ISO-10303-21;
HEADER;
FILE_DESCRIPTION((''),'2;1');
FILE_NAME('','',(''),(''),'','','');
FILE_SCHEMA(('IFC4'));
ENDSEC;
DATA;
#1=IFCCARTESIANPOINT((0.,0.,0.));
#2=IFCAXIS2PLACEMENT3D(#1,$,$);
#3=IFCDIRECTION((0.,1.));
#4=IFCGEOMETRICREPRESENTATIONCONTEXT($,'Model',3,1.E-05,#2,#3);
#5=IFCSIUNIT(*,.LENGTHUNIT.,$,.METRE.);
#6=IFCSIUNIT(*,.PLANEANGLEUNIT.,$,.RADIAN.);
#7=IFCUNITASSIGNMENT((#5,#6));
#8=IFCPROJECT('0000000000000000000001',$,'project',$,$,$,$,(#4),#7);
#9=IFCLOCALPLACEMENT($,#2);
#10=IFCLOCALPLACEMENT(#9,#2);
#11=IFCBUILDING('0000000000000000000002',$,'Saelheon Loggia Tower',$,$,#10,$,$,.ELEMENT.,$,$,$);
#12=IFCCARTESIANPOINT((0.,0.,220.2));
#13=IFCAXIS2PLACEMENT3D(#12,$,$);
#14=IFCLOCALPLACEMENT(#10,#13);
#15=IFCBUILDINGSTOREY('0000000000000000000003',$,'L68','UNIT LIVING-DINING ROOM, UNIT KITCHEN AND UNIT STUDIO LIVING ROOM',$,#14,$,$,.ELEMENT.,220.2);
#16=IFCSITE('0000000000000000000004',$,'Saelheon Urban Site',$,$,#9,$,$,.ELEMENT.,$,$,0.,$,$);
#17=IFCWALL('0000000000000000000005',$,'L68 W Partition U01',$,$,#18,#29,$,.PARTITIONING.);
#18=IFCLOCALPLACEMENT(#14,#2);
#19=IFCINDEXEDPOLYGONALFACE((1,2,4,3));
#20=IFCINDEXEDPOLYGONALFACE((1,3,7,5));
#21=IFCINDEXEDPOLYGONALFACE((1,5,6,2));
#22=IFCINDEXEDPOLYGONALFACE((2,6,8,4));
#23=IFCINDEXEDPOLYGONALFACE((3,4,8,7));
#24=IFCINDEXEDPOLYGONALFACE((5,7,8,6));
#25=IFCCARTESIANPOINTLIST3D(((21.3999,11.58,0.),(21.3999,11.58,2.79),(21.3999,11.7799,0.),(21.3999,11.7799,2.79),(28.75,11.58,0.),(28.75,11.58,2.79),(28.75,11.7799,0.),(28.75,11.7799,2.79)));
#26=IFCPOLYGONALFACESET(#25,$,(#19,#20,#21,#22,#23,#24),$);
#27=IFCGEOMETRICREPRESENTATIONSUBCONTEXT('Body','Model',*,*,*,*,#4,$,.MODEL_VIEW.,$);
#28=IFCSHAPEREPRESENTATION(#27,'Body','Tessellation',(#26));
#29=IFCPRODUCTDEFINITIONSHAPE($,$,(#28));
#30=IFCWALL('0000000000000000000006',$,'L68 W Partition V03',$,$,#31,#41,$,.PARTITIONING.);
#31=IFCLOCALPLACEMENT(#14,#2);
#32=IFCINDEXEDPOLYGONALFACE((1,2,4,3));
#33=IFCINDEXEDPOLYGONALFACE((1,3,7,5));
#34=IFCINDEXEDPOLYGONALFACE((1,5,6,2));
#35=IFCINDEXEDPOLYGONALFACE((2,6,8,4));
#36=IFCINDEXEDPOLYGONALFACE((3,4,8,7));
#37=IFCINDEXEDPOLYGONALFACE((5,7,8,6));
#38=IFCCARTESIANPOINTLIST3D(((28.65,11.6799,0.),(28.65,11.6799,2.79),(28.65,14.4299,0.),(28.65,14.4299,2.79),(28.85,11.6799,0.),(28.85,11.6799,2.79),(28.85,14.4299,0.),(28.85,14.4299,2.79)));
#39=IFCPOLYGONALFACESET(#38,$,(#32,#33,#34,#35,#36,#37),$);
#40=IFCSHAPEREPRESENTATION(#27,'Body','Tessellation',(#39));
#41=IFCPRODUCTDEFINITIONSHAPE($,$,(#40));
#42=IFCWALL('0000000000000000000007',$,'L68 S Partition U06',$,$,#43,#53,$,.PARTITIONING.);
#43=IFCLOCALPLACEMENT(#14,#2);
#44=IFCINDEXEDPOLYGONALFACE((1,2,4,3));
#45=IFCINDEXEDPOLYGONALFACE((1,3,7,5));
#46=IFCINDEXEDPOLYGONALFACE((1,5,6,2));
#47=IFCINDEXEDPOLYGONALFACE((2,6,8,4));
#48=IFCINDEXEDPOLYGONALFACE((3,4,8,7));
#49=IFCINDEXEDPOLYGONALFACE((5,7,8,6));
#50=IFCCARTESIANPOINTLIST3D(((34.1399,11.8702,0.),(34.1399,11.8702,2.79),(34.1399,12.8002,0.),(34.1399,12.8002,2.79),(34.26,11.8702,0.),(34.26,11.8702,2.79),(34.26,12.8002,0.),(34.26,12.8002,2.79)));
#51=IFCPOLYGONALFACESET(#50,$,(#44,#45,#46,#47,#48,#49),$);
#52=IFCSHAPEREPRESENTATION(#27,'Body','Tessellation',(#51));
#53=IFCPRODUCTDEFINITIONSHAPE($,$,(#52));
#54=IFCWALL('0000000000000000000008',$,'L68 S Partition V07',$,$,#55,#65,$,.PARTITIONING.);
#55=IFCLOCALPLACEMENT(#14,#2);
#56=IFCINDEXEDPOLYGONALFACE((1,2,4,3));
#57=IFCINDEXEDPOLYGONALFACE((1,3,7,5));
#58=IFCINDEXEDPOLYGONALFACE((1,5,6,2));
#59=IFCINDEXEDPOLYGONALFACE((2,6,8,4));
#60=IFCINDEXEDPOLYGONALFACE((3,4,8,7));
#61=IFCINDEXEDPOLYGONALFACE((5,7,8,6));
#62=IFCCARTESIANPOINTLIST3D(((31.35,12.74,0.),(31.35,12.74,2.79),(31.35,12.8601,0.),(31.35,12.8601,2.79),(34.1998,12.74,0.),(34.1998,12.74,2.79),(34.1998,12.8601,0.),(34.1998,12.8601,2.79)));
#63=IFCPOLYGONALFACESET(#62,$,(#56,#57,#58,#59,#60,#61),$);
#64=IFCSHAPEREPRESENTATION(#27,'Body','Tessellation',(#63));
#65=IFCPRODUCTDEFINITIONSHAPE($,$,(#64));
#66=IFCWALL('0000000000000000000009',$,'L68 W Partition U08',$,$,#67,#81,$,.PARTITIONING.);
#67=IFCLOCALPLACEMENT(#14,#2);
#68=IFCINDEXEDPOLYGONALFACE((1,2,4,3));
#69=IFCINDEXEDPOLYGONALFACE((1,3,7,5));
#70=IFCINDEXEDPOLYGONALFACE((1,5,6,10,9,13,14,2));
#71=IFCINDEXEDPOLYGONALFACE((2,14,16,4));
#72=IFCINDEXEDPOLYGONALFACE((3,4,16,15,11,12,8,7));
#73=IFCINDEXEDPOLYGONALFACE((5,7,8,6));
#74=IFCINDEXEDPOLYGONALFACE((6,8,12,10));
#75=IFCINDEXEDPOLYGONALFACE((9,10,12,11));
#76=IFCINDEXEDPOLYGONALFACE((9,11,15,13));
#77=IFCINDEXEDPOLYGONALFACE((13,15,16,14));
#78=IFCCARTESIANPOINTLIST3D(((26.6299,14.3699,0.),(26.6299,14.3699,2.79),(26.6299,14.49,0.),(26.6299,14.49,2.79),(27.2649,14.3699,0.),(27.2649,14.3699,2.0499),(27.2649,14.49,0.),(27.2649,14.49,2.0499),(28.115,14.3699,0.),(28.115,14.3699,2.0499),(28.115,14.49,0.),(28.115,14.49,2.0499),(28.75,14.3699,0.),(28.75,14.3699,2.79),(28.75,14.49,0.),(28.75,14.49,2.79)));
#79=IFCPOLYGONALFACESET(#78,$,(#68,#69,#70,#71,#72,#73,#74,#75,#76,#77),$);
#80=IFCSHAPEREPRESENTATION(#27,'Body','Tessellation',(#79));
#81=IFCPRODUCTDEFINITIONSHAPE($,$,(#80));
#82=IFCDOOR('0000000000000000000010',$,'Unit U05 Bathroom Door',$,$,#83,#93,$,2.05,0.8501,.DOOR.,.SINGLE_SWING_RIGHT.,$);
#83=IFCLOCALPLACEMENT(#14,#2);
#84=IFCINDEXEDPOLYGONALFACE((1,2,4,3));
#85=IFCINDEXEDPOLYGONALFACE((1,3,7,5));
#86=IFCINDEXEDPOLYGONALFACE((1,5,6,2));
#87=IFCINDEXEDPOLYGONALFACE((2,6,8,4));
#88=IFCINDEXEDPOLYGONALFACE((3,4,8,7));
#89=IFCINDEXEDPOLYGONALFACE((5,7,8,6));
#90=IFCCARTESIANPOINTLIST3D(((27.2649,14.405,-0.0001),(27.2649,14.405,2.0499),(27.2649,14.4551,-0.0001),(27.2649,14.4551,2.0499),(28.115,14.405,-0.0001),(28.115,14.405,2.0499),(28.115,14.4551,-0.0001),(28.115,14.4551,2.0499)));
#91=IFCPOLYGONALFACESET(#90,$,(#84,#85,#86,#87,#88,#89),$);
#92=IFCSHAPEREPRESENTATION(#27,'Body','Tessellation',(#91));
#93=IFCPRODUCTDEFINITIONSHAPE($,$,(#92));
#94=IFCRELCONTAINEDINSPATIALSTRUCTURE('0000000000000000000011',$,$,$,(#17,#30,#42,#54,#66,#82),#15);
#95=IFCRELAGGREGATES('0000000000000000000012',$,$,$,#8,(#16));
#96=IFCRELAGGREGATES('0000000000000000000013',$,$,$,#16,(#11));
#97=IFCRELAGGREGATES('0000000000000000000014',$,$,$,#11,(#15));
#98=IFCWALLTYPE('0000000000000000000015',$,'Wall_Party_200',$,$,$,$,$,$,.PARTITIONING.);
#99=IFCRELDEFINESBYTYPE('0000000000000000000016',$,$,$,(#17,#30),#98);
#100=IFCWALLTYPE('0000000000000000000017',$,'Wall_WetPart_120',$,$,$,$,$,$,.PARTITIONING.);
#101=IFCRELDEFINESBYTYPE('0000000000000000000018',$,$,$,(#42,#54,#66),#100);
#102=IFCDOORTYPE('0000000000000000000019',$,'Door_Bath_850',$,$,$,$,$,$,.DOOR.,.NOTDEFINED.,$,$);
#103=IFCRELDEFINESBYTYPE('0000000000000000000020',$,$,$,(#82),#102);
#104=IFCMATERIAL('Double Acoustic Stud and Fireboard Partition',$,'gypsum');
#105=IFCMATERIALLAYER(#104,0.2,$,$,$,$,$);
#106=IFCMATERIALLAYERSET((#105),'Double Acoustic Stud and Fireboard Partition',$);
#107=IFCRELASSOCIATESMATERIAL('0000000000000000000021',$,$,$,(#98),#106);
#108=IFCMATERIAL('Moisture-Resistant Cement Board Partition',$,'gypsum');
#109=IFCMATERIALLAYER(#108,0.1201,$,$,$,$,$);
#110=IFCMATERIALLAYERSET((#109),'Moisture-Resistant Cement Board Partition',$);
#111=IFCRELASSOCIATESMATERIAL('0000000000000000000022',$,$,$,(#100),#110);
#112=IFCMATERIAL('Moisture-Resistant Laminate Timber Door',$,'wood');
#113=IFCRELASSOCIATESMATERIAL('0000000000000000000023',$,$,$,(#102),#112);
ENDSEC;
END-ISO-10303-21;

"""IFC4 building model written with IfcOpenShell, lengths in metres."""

from ifc_helpers import new_model, si_unit, direction, frame, frame_2d, origin, place, context, subcontext, project, spatial, rectangle, extrude, source, transform, mapped, material, layer, layer_set, type_object, element, fill, save


model = new_model("IFC4")

# Units and contexts
model_context = context("Model", 3, precision=1e-05, world=origin(), true_north=direction((0.0, 1.0)))
body_context = subcontext(model_context, "Body", "Model", "MODEL_VIEW")
ifc_project = project(units=[si_unit("LENGTHUNIT", "METRE"), si_unit("PLANEANGLEUNIT", "RADIAN")], contexts=[model_context])

# Site, building, storey
site_placement = place(None, origin())
site = spatial("IfcSite", under=ifc_project, at=site_placement, Name="Saelheon Urban Site", CompositionType="ELEMENT", RefElevation=0.0)
building_placement = place(site_placement, origin())
building = spatial("IfcBuilding", under=site, at=building_placement, Name="Saelheon Loggia Tower", CompositionType="ELEMENT")
storey_placement = place(building_placement, frame((0.0, 0.0, 220.2)))
storey = spatial("IfcBuildingStorey", under=building, at=storey_placement, Name="L68", Description="UNIT LIVING-DINING ROOM, UNIT KITCHEN AND UNIT STUDIO LIVING ROOM", CompositionType="ELEMENT", Elevation=220.2)

# Walls
ifc_material_1 = material(Name="Double Acoustic Stud and Fireboard Partition", Category="gypsum")
ifc_layer_1 = layer(ifc_material_1, 0.2)
ifc_layer_set_1 = layer_set([ifc_layer_1], Name="Double Acoustic Stud and Fireboard Partition")
wall_type_1 = type_object("IfcWallType", Name="Wall_Party_200", PredefinedType="PARTITIONING", material=ifc_layer_set_1)
wall_1_placement = place(storey_placement, frame((28.75, 11.6799, 0.0), z_axis=(0.0, 0.0, 1.0), x_axis=(-1.0, 0.0, 0.0)))
element("IfcWall", 1, at=wall_1_placement, inside=storey, type_object=wall_type_1, Name="L68 W Partition U01", PredefinedType="PARTITIONING", context=body_context, shape_type="SweptSolid", body=[
    extrude(rectangle(XDim=7.3501, YDim=0.2, at=frame_2d((3.675, 0.0))), origin(), (0.0, 0.0, 1.0), 2.79),
])
wall_2_placement = place(storey_placement, frame((28.75, 11.6799, 0.0), z_axis=(0.0, 0.0, 1.0), x_axis=(0.0, 1.0, 0.0)))
element("IfcWall", 2, at=wall_2_placement, inside=storey, type_object=wall_type_1, Name="L68 W Partition V03", PredefinedType="PARTITIONING", context=body_context, shape_type="SweptSolid", body=[
    extrude(rectangle(XDim=2.75, YDim=0.2, at=frame_2d((1.375, 0.0))), origin(), (0.0, 0.0, 1.0), 2.79),
])

# Walls
ifc_material_2 = material(Name="Moisture-Resistant Cement Board Partition", Category="gypsum")
ifc_layer_2 = layer(ifc_material_2, 0.1201)
ifc_layer_set_2 = layer_set([ifc_layer_2], Name="Moisture-Resistant Cement Board Partition")
wall_type_2 = type_object("IfcWallType", Name="Wall_WetPart_120", PredefinedType="PARTITIONING", material=ifc_layer_set_2)
wall_3_placement = place(storey_placement, frame((34.2, 12.8, 0.0), z_axis=(0.0, 0.0, 1.0), x_axis=(0.0, -1.0, 0.0)))
element("IfcWall", 3, at=wall_3_placement, inside=storey, type_object=wall_type_2, Name="L68 S Partition U06", PredefinedType="PARTITIONING", context=body_context, shape_type="SweptSolid", body=[
    extrude(rectangle(XDim=0.9299, YDim=0.1201, at=frame_2d((0.4648, 0.0))), origin(), (0.0, 0.0, 1.0), 2.79),
])
wall_4_placement = place(storey_placement, frame((31.3501, 12.8, 0.0), z_axis=(0.0, 0.0, 1.0), x_axis=(1.0, 0.0, 0.0)))
element("IfcWall", 4, at=wall_4_placement, inside=storey, type_object=wall_type_2, Name="L68 S Partition V07", PredefinedType="PARTITIONING", context=body_context, shape_type="SweptSolid", body=[
    extrude(rectangle(XDim=2.8499, YDim=0.1201, at=frame_2d((1.4248, 0.0))), origin(), (0.0, 0.0, 1.0), 2.79),
])

# Wall, opening, door
wall_5_placement = place(storey_placement, frame((28.75, 14.4299, 0.0), z_axis=(0.0, 0.0, 1.0), x_axis=(-1.0, 0.0, 0.0)))
wall_5 = element("IfcWall", 5, at=wall_5_placement, inside=storey, type_object=wall_type_2, Name="L68 W Partition U08", PredefinedType="PARTITIONING", context=body_context, shape_type="SweptSolid", body=[
    extrude(rectangle(XDim=2.1201, YDim=0.1201, at=frame_2d((1.0601, 0.0))), origin(), (0.0, 0.0, 1.0), 2.79),
])
opening_1_placement = place(wall_5_placement, frame((0.635, 0.0, 0.0)))
opening_1 = element("IfcOpeningElement", 6, at=opening_1_placement, cuts=wall_5, PredefinedType="OPENING", context=body_context, shape_type="SweptSolid", body=[
    extrude(rectangle(XDim=0.8501, YDim=2.05, at=frame_2d((0.425, 1.0249))), frame((0.0, 0.072, 0.0), z_axis=(0.0, -1.0, 0.0), x_axis=(1.0, 0.0, 0.0)), (0.0, 0.0, 1.0), 0.144),
])
ifc_material_3 = material(Name="Moisture-Resistant Laminate Timber Door", Category="wood")
door_type_1 = type_object("IfcDoorType", Name="Door_Bath_850", OperationType="NOTDEFINED", PredefinedType="DOOR", material=ifc_material_3)
shared_shape_1 = source(origin(), body_context, "Body", "SweptSolid", [
    extrude(rectangle(XDim=0.8501, YDim=2.05, at=frame_2d((0.425, 1.0249))), frame((0.0, 0.0249, 0.0), z_axis=(0.0, -1.0, 0.0), x_axis=(1.0, 0.0, 0.0)), (0.0, 0.0, 1.0), 0.05),
])
door_1_placement = place(opening_1_placement, origin())
door_1 = element("IfcDoor", 7, at=door_1_placement, inside=storey, type_object=door_type_1, Name="Unit U05 Bathroom Door", OperationType="SINGLE_SWING_RIGHT", OverallHeight=2.05, OverallWidth=0.8501, PredefinedType="DOOR", context=body_context, shape_type="MappedRepresentation", body=[
    mapped(shared_shape_1, transform((0.0, 0.0, 0.0), scale=1.0)),
])
fill(opening_1, door_1)

save(model, "model.ifc")
